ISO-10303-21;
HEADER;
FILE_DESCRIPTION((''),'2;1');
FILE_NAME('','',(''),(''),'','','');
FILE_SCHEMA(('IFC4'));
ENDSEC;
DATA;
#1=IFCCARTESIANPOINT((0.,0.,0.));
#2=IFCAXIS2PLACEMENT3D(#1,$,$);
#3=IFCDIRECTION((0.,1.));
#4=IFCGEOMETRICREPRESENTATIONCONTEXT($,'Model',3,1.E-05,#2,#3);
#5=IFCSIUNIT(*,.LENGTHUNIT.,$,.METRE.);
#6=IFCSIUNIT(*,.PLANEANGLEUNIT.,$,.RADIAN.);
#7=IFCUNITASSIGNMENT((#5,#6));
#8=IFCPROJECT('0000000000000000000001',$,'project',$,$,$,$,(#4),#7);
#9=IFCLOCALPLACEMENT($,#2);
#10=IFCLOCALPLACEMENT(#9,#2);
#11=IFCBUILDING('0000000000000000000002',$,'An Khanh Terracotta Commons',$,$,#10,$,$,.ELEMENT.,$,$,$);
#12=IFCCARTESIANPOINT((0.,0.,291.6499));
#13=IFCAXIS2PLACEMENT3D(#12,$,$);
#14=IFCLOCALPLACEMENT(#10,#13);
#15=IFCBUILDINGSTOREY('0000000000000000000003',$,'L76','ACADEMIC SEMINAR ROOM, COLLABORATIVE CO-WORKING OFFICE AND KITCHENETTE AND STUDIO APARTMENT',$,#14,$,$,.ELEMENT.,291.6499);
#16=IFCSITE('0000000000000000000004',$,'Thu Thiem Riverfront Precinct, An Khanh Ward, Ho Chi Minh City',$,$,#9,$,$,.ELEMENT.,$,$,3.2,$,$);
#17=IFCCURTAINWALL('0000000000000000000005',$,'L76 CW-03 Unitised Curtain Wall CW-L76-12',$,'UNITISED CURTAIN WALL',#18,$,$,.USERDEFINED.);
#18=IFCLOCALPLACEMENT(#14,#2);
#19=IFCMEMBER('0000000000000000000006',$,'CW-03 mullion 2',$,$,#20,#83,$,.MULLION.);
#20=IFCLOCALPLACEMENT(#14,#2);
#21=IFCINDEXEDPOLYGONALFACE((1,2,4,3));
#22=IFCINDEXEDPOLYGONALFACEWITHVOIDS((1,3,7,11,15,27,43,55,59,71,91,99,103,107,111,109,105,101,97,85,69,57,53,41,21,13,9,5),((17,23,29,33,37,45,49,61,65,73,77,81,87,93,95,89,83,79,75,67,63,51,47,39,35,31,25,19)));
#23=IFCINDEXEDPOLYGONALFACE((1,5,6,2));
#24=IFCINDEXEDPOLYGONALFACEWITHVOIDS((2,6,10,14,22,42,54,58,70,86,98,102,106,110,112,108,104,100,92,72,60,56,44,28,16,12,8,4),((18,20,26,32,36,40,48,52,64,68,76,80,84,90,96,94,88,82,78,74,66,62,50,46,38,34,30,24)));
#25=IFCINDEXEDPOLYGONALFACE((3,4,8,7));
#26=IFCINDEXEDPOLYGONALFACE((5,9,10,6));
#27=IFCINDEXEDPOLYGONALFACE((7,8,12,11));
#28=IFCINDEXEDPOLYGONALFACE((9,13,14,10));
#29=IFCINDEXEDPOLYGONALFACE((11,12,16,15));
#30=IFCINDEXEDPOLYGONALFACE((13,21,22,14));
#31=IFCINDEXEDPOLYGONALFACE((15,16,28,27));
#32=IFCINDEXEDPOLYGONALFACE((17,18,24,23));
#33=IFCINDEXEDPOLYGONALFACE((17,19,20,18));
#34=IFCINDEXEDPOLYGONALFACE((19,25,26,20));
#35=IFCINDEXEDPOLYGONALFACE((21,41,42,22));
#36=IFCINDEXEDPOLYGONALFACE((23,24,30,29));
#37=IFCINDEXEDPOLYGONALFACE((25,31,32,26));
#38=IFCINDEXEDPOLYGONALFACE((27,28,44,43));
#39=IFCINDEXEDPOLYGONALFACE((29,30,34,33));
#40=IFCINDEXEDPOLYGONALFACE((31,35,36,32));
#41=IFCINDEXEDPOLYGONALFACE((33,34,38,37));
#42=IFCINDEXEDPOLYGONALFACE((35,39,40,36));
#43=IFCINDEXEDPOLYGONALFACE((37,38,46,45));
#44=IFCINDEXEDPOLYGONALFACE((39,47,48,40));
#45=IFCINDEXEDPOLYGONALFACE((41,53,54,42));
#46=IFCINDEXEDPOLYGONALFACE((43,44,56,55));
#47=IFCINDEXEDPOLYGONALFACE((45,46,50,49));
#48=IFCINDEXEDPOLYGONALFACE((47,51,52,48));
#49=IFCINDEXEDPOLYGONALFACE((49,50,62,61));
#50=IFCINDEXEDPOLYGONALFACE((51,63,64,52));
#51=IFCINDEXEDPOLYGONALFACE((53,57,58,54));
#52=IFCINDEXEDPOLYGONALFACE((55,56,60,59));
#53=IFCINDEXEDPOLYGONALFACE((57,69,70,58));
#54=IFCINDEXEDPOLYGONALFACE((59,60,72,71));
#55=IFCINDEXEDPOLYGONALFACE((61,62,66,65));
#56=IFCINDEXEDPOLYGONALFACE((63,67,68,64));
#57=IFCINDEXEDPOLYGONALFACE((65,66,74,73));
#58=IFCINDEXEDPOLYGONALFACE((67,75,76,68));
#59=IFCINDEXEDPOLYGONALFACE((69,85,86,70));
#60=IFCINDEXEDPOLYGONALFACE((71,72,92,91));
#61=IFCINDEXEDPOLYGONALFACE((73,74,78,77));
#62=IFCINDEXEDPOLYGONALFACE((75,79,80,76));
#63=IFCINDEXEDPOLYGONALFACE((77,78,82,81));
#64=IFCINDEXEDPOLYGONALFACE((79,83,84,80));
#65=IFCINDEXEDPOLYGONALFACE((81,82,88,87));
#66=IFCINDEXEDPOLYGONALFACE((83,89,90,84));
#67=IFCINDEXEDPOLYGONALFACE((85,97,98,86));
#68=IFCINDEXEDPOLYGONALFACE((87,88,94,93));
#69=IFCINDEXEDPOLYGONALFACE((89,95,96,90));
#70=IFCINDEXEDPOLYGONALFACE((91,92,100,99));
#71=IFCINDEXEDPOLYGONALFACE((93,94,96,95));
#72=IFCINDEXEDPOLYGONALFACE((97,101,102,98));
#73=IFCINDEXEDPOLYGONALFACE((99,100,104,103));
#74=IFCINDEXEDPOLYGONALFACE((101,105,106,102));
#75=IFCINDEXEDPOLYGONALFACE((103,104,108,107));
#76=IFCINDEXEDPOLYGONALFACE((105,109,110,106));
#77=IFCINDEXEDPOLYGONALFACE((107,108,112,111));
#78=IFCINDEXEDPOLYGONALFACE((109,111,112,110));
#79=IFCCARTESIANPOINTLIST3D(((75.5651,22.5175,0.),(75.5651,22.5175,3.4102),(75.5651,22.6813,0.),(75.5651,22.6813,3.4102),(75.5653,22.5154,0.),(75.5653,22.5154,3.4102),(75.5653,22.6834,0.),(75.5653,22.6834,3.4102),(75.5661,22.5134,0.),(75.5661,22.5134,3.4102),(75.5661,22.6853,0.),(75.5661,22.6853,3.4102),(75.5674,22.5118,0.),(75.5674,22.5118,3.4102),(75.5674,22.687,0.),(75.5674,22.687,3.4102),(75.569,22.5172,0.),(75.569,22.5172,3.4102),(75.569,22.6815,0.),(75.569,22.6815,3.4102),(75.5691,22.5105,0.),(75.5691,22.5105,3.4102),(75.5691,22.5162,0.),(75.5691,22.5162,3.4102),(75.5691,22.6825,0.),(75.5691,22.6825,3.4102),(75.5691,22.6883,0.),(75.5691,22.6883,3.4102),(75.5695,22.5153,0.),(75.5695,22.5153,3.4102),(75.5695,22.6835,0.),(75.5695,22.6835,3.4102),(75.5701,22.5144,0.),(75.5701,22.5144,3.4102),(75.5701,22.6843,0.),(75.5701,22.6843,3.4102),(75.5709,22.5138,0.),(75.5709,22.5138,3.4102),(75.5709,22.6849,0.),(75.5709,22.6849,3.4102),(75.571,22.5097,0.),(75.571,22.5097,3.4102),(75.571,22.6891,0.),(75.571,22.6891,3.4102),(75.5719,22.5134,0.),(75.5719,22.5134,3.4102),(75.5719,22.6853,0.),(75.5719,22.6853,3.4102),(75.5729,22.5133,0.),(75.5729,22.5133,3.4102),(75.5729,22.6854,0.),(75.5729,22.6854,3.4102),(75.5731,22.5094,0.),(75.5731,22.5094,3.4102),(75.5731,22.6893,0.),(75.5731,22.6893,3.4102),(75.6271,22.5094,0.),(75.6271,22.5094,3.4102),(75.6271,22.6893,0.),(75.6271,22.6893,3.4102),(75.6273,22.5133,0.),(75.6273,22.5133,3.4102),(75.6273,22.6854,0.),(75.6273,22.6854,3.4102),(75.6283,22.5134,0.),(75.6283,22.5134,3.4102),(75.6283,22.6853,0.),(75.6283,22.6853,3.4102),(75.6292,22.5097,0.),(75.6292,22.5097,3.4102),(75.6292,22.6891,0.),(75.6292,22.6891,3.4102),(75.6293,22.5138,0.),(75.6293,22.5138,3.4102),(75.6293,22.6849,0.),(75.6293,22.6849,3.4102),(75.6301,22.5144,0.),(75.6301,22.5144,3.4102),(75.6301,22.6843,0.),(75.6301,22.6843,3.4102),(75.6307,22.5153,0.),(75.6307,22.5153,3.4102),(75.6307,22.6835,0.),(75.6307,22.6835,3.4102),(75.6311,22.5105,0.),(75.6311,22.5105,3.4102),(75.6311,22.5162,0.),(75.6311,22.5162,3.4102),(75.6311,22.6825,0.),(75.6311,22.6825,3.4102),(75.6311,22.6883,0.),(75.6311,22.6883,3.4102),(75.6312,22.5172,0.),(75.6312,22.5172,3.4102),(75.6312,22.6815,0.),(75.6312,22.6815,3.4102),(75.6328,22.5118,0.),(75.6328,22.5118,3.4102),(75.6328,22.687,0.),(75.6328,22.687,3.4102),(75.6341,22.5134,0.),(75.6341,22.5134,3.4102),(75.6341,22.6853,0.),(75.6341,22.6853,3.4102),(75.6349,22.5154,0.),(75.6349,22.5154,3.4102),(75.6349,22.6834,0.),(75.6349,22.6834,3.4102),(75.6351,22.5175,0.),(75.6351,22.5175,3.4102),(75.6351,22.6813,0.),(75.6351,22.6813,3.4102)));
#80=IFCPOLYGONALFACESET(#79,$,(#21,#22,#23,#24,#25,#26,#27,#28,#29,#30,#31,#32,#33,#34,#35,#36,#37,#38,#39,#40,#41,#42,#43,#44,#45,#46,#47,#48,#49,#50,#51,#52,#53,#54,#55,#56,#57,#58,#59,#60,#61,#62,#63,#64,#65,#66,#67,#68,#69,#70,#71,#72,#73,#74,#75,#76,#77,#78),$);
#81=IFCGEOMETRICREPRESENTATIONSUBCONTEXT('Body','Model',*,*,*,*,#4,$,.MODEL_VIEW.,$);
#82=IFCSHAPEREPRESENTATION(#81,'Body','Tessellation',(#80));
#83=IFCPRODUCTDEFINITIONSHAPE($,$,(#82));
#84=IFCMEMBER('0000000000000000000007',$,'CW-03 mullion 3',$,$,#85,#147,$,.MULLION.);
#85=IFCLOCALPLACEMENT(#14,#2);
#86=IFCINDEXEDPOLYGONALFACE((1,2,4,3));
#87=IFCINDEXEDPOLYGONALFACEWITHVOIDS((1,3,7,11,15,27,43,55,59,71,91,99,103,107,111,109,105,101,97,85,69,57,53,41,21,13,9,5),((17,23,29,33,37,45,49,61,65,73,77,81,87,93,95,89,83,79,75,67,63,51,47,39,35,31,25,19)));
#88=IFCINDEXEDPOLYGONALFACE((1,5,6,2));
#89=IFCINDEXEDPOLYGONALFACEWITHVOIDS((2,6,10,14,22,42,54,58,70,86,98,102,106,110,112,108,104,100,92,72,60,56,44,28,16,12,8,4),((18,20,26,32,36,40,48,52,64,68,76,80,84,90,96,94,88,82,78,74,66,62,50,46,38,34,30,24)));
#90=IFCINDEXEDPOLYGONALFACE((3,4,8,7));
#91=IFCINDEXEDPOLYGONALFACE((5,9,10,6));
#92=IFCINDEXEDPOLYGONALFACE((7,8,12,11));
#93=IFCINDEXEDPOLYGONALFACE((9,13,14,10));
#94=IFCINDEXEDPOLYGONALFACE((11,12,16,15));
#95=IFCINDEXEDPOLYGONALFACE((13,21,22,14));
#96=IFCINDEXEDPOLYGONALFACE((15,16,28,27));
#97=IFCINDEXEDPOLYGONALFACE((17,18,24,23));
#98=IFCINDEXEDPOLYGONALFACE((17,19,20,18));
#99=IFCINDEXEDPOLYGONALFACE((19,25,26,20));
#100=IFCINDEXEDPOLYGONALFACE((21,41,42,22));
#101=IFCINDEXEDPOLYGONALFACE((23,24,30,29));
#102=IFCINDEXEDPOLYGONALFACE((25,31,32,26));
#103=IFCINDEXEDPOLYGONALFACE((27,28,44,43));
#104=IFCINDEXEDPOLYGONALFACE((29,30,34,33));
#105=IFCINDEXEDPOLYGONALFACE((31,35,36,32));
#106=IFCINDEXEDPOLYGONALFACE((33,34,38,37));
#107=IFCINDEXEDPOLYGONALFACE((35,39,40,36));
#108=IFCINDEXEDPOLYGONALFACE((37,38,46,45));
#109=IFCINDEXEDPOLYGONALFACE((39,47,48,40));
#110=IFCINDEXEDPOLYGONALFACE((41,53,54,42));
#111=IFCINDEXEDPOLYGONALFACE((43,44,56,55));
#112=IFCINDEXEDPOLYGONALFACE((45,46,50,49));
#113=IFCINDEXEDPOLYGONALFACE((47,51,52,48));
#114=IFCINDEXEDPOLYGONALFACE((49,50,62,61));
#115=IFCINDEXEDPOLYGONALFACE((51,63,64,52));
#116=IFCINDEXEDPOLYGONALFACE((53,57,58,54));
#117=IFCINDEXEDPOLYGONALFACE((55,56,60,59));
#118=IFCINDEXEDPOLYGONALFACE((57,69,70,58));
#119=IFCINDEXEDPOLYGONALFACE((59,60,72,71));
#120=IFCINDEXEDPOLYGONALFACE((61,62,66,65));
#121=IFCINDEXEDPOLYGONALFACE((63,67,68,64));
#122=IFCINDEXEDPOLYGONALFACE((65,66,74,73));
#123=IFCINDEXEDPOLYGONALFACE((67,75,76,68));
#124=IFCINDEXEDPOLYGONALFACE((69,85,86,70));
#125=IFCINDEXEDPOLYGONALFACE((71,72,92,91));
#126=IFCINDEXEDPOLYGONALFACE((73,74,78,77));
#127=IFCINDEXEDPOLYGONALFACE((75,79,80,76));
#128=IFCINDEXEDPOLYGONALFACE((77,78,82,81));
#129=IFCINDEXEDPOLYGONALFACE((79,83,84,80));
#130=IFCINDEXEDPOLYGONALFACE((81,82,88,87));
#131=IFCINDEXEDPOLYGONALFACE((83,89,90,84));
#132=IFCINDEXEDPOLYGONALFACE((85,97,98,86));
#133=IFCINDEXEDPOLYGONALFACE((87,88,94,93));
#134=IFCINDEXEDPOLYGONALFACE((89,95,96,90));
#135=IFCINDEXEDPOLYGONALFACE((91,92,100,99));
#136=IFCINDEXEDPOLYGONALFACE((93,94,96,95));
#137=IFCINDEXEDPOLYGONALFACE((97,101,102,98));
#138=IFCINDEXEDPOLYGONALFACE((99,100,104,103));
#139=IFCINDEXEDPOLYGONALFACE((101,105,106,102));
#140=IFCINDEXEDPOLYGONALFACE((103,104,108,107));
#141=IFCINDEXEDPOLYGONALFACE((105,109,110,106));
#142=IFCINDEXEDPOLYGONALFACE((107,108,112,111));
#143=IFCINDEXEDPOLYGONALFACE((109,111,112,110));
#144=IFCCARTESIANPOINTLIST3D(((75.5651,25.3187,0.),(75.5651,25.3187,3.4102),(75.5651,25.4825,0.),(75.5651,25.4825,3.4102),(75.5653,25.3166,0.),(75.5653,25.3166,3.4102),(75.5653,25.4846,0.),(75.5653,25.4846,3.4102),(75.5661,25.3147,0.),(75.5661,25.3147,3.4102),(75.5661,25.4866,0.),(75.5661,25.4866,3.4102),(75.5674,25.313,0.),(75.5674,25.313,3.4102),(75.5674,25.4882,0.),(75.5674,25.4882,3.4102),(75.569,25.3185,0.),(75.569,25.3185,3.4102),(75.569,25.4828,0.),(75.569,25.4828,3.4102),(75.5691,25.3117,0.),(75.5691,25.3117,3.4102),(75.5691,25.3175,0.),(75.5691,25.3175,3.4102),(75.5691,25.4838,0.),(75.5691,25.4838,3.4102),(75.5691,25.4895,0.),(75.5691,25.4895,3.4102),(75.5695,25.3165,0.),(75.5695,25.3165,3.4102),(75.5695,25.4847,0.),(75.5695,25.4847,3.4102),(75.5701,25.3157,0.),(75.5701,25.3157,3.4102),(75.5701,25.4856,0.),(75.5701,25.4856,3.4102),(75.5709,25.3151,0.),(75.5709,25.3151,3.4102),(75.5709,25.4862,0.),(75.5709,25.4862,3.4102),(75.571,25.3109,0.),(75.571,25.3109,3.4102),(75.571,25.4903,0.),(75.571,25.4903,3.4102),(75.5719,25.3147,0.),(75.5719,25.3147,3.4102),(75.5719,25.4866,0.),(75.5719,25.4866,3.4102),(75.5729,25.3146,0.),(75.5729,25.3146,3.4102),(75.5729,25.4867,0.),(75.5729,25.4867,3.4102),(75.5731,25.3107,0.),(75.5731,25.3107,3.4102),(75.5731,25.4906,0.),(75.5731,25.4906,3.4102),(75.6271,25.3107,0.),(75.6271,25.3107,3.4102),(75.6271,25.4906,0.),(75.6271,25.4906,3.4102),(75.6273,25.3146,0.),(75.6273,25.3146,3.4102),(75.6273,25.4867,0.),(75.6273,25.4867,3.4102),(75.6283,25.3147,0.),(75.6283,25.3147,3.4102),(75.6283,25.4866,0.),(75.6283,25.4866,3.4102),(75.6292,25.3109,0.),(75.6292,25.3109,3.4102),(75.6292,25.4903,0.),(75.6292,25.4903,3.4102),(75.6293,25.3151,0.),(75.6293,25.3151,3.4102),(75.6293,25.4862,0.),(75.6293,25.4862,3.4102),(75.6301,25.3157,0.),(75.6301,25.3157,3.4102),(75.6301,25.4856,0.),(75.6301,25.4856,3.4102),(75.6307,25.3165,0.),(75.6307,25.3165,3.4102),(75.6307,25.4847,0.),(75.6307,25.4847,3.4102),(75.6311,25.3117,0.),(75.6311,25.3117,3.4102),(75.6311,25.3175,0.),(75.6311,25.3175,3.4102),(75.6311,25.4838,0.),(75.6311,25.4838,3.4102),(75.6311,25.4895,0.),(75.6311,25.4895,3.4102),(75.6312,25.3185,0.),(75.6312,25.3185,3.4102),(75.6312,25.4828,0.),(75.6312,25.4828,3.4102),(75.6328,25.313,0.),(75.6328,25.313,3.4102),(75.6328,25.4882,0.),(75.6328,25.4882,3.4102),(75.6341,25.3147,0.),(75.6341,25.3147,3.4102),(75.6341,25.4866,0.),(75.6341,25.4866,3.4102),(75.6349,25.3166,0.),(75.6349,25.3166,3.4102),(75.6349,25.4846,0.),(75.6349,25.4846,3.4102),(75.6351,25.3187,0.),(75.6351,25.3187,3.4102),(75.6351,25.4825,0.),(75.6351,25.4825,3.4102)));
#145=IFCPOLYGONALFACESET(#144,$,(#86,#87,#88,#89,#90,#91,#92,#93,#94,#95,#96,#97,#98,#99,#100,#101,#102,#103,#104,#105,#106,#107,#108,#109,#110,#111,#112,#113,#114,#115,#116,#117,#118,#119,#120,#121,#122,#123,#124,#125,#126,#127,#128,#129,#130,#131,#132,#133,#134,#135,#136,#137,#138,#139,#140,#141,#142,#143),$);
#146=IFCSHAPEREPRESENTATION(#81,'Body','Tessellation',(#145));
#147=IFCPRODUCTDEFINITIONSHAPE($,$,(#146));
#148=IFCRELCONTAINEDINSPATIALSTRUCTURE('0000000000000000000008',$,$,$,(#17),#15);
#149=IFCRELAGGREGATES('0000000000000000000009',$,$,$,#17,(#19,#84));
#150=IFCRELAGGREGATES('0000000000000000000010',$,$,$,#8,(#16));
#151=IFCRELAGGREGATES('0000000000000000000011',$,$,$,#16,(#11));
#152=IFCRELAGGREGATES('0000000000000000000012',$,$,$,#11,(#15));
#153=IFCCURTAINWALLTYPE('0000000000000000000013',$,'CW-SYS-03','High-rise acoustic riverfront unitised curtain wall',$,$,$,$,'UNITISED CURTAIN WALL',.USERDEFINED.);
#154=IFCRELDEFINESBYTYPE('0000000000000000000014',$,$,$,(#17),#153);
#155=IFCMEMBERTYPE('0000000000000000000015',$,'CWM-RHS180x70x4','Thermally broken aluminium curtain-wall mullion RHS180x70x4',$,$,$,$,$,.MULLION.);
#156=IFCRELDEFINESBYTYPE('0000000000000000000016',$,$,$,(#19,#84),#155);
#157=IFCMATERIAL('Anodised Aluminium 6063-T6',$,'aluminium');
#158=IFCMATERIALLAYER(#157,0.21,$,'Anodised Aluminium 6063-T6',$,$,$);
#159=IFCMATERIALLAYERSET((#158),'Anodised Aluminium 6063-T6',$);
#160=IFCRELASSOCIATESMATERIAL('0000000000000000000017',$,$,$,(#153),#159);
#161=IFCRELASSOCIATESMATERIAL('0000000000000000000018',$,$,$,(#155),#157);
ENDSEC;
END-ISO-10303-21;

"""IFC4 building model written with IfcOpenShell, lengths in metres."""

from ifc_helpers import new_model, si_unit, direction, frame, origin, origin_2d, place, context, subcontext, project, spatial, hollow_rectangle, extrude, material, layer, layer_set, material_profile, profile_set, type_object, element, aggregate, save


model = new_model("IFC4")

# Units and contexts
model_context = context("Model", 3, precision=1e-05, world=origin(), true_north=direction((0.0, 1.0)))
body_context = subcontext(model_context, "Body", "Model", "MODEL_VIEW")
ifc_project = project(units=[si_unit("LENGTHUNIT", "METRE"), si_unit("PLANEANGLEUNIT", "RADIAN")], contexts=[model_context])

# Site, building, storey
site_placement = place(None, origin())
site = spatial("IfcSite", under=ifc_project, at=site_placement, Name="Thu Thiem Riverfront Precinct, An Khanh Ward, Ho Chi Minh City", CompositionType="ELEMENT", RefElevation=3.2)
building_placement = place(site_placement, origin())
building = spatial("IfcBuilding", under=site, at=building_placement, Name="An Khanh Terracotta Commons", CompositionType="ELEMENT")
storey_placement = place(building_placement, frame((0.0, 0.0, 291.6499)))
storey = spatial("IfcBuildingStorey", under=building, at=storey_placement, Name="L76", Description="ACADEMIC SEMINAR ROOM, COLLABORATIVE CO-WORKING OFFICE AND KITCHENETTE AND STUDIO APARTMENT", CompositionType="ELEMENT", Elevation=291.6499)

# Curtain wall, members
ifc_material_1 = material(Name="Anodised Aluminium 6063-T6", Category="aluminium")
ifc_layer_1 = layer(ifc_material_1, 0.21, Name="Anodised Aluminium 6063-T6")
ifc_layer_set_1 = layer_set([ifc_layer_1], Name="Anodised Aluminium 6063-T6")
curtain_wall_type = type_object("IfcCurtainWallType", Name="CW-SYS-03", Description="High-rise acoustic riverfront unitised curtain wall", ElementType="UNITISED CURTAIN WALL", PredefinedType="USERDEFINED", material=ifc_layer_set_1)
ifc_material_profile_1 = material_profile(ifc_material_1, hollow_rectangle(XDim=0.0701, YDim=0.1799, WallThickness=0.0039, InnerFilletRadius=0.0039, OuterFilletRadius=0.0081, at=origin_2d()), Name="RHS180x70x4")
ifc_profile_set_1 = profile_set([ifc_material_profile_1], Name="Anodised Aluminium 6063-T6")
member_type_1 = type_object("IfcMemberType", Name="CWM-RHS180x70x4", Description="Thermally broken aluminium curtain-wall mullion RHS180x70x4", PredefinedType="MULLION", material=ifc_profile_set_1)
curtain_wall_1_placement = place(storey_placement, origin())
curtain_wall_1 = element("IfcCurtainWall", 1, at=curtain_wall_1_placement, inside=storey, type_object=curtain_wall_type, Name="L76 CW-03 Unitised Curtain Wall CW-L76-12", ObjectType="UNITISED CURTAIN WALL", PredefinedType="USERDEFINED")
member_1_placement = place(storey_placement, frame((75.6001, 22.5994, 0.0), z_axis=(0.0, 0.0, 1.0), x_axis=(-1.0, 0.0, 0.0)))
member_1 = element("IfcMember", 2, at=member_1_placement, type_object=member_type_1, Name="CW-03 mullion 2", PredefinedType="MULLION", context=body_context, shape_type="SweptSolid", body=[
    extrude(hollow_rectangle(XDim=0.0701, YDim=0.1799, WallThickness=0.0039, InnerFilletRadius=0.0039, OuterFilletRadius=0.0081, at=origin_2d()), origin(), (0.0, 0.0, 1.0), 3.4102),
])
member_2_placement = place(storey_placement, frame((75.6001, 25.4006, 0.0), z_axis=(0.0, 0.0, 1.0), x_axis=(-1.0, 0.0, 0.0)))
member_2 = element("IfcMember", 3, at=member_2_placement, type_object=member_type_1, Name="CW-03 mullion 3", PredefinedType="MULLION", context=body_context, shape_type="SweptSolid", body=[
    extrude(hollow_rectangle(XDim=0.0701, YDim=0.1799, WallThickness=0.0039, InnerFilletRadius=0.0039, OuterFilletRadius=0.0081, at=origin_2d()), origin(), (0.0, 0.0, 1.0), 3.4102),
])

aggregate(curtain_wall_1, [member_1, member_2])

save(model, "model.ifc")
